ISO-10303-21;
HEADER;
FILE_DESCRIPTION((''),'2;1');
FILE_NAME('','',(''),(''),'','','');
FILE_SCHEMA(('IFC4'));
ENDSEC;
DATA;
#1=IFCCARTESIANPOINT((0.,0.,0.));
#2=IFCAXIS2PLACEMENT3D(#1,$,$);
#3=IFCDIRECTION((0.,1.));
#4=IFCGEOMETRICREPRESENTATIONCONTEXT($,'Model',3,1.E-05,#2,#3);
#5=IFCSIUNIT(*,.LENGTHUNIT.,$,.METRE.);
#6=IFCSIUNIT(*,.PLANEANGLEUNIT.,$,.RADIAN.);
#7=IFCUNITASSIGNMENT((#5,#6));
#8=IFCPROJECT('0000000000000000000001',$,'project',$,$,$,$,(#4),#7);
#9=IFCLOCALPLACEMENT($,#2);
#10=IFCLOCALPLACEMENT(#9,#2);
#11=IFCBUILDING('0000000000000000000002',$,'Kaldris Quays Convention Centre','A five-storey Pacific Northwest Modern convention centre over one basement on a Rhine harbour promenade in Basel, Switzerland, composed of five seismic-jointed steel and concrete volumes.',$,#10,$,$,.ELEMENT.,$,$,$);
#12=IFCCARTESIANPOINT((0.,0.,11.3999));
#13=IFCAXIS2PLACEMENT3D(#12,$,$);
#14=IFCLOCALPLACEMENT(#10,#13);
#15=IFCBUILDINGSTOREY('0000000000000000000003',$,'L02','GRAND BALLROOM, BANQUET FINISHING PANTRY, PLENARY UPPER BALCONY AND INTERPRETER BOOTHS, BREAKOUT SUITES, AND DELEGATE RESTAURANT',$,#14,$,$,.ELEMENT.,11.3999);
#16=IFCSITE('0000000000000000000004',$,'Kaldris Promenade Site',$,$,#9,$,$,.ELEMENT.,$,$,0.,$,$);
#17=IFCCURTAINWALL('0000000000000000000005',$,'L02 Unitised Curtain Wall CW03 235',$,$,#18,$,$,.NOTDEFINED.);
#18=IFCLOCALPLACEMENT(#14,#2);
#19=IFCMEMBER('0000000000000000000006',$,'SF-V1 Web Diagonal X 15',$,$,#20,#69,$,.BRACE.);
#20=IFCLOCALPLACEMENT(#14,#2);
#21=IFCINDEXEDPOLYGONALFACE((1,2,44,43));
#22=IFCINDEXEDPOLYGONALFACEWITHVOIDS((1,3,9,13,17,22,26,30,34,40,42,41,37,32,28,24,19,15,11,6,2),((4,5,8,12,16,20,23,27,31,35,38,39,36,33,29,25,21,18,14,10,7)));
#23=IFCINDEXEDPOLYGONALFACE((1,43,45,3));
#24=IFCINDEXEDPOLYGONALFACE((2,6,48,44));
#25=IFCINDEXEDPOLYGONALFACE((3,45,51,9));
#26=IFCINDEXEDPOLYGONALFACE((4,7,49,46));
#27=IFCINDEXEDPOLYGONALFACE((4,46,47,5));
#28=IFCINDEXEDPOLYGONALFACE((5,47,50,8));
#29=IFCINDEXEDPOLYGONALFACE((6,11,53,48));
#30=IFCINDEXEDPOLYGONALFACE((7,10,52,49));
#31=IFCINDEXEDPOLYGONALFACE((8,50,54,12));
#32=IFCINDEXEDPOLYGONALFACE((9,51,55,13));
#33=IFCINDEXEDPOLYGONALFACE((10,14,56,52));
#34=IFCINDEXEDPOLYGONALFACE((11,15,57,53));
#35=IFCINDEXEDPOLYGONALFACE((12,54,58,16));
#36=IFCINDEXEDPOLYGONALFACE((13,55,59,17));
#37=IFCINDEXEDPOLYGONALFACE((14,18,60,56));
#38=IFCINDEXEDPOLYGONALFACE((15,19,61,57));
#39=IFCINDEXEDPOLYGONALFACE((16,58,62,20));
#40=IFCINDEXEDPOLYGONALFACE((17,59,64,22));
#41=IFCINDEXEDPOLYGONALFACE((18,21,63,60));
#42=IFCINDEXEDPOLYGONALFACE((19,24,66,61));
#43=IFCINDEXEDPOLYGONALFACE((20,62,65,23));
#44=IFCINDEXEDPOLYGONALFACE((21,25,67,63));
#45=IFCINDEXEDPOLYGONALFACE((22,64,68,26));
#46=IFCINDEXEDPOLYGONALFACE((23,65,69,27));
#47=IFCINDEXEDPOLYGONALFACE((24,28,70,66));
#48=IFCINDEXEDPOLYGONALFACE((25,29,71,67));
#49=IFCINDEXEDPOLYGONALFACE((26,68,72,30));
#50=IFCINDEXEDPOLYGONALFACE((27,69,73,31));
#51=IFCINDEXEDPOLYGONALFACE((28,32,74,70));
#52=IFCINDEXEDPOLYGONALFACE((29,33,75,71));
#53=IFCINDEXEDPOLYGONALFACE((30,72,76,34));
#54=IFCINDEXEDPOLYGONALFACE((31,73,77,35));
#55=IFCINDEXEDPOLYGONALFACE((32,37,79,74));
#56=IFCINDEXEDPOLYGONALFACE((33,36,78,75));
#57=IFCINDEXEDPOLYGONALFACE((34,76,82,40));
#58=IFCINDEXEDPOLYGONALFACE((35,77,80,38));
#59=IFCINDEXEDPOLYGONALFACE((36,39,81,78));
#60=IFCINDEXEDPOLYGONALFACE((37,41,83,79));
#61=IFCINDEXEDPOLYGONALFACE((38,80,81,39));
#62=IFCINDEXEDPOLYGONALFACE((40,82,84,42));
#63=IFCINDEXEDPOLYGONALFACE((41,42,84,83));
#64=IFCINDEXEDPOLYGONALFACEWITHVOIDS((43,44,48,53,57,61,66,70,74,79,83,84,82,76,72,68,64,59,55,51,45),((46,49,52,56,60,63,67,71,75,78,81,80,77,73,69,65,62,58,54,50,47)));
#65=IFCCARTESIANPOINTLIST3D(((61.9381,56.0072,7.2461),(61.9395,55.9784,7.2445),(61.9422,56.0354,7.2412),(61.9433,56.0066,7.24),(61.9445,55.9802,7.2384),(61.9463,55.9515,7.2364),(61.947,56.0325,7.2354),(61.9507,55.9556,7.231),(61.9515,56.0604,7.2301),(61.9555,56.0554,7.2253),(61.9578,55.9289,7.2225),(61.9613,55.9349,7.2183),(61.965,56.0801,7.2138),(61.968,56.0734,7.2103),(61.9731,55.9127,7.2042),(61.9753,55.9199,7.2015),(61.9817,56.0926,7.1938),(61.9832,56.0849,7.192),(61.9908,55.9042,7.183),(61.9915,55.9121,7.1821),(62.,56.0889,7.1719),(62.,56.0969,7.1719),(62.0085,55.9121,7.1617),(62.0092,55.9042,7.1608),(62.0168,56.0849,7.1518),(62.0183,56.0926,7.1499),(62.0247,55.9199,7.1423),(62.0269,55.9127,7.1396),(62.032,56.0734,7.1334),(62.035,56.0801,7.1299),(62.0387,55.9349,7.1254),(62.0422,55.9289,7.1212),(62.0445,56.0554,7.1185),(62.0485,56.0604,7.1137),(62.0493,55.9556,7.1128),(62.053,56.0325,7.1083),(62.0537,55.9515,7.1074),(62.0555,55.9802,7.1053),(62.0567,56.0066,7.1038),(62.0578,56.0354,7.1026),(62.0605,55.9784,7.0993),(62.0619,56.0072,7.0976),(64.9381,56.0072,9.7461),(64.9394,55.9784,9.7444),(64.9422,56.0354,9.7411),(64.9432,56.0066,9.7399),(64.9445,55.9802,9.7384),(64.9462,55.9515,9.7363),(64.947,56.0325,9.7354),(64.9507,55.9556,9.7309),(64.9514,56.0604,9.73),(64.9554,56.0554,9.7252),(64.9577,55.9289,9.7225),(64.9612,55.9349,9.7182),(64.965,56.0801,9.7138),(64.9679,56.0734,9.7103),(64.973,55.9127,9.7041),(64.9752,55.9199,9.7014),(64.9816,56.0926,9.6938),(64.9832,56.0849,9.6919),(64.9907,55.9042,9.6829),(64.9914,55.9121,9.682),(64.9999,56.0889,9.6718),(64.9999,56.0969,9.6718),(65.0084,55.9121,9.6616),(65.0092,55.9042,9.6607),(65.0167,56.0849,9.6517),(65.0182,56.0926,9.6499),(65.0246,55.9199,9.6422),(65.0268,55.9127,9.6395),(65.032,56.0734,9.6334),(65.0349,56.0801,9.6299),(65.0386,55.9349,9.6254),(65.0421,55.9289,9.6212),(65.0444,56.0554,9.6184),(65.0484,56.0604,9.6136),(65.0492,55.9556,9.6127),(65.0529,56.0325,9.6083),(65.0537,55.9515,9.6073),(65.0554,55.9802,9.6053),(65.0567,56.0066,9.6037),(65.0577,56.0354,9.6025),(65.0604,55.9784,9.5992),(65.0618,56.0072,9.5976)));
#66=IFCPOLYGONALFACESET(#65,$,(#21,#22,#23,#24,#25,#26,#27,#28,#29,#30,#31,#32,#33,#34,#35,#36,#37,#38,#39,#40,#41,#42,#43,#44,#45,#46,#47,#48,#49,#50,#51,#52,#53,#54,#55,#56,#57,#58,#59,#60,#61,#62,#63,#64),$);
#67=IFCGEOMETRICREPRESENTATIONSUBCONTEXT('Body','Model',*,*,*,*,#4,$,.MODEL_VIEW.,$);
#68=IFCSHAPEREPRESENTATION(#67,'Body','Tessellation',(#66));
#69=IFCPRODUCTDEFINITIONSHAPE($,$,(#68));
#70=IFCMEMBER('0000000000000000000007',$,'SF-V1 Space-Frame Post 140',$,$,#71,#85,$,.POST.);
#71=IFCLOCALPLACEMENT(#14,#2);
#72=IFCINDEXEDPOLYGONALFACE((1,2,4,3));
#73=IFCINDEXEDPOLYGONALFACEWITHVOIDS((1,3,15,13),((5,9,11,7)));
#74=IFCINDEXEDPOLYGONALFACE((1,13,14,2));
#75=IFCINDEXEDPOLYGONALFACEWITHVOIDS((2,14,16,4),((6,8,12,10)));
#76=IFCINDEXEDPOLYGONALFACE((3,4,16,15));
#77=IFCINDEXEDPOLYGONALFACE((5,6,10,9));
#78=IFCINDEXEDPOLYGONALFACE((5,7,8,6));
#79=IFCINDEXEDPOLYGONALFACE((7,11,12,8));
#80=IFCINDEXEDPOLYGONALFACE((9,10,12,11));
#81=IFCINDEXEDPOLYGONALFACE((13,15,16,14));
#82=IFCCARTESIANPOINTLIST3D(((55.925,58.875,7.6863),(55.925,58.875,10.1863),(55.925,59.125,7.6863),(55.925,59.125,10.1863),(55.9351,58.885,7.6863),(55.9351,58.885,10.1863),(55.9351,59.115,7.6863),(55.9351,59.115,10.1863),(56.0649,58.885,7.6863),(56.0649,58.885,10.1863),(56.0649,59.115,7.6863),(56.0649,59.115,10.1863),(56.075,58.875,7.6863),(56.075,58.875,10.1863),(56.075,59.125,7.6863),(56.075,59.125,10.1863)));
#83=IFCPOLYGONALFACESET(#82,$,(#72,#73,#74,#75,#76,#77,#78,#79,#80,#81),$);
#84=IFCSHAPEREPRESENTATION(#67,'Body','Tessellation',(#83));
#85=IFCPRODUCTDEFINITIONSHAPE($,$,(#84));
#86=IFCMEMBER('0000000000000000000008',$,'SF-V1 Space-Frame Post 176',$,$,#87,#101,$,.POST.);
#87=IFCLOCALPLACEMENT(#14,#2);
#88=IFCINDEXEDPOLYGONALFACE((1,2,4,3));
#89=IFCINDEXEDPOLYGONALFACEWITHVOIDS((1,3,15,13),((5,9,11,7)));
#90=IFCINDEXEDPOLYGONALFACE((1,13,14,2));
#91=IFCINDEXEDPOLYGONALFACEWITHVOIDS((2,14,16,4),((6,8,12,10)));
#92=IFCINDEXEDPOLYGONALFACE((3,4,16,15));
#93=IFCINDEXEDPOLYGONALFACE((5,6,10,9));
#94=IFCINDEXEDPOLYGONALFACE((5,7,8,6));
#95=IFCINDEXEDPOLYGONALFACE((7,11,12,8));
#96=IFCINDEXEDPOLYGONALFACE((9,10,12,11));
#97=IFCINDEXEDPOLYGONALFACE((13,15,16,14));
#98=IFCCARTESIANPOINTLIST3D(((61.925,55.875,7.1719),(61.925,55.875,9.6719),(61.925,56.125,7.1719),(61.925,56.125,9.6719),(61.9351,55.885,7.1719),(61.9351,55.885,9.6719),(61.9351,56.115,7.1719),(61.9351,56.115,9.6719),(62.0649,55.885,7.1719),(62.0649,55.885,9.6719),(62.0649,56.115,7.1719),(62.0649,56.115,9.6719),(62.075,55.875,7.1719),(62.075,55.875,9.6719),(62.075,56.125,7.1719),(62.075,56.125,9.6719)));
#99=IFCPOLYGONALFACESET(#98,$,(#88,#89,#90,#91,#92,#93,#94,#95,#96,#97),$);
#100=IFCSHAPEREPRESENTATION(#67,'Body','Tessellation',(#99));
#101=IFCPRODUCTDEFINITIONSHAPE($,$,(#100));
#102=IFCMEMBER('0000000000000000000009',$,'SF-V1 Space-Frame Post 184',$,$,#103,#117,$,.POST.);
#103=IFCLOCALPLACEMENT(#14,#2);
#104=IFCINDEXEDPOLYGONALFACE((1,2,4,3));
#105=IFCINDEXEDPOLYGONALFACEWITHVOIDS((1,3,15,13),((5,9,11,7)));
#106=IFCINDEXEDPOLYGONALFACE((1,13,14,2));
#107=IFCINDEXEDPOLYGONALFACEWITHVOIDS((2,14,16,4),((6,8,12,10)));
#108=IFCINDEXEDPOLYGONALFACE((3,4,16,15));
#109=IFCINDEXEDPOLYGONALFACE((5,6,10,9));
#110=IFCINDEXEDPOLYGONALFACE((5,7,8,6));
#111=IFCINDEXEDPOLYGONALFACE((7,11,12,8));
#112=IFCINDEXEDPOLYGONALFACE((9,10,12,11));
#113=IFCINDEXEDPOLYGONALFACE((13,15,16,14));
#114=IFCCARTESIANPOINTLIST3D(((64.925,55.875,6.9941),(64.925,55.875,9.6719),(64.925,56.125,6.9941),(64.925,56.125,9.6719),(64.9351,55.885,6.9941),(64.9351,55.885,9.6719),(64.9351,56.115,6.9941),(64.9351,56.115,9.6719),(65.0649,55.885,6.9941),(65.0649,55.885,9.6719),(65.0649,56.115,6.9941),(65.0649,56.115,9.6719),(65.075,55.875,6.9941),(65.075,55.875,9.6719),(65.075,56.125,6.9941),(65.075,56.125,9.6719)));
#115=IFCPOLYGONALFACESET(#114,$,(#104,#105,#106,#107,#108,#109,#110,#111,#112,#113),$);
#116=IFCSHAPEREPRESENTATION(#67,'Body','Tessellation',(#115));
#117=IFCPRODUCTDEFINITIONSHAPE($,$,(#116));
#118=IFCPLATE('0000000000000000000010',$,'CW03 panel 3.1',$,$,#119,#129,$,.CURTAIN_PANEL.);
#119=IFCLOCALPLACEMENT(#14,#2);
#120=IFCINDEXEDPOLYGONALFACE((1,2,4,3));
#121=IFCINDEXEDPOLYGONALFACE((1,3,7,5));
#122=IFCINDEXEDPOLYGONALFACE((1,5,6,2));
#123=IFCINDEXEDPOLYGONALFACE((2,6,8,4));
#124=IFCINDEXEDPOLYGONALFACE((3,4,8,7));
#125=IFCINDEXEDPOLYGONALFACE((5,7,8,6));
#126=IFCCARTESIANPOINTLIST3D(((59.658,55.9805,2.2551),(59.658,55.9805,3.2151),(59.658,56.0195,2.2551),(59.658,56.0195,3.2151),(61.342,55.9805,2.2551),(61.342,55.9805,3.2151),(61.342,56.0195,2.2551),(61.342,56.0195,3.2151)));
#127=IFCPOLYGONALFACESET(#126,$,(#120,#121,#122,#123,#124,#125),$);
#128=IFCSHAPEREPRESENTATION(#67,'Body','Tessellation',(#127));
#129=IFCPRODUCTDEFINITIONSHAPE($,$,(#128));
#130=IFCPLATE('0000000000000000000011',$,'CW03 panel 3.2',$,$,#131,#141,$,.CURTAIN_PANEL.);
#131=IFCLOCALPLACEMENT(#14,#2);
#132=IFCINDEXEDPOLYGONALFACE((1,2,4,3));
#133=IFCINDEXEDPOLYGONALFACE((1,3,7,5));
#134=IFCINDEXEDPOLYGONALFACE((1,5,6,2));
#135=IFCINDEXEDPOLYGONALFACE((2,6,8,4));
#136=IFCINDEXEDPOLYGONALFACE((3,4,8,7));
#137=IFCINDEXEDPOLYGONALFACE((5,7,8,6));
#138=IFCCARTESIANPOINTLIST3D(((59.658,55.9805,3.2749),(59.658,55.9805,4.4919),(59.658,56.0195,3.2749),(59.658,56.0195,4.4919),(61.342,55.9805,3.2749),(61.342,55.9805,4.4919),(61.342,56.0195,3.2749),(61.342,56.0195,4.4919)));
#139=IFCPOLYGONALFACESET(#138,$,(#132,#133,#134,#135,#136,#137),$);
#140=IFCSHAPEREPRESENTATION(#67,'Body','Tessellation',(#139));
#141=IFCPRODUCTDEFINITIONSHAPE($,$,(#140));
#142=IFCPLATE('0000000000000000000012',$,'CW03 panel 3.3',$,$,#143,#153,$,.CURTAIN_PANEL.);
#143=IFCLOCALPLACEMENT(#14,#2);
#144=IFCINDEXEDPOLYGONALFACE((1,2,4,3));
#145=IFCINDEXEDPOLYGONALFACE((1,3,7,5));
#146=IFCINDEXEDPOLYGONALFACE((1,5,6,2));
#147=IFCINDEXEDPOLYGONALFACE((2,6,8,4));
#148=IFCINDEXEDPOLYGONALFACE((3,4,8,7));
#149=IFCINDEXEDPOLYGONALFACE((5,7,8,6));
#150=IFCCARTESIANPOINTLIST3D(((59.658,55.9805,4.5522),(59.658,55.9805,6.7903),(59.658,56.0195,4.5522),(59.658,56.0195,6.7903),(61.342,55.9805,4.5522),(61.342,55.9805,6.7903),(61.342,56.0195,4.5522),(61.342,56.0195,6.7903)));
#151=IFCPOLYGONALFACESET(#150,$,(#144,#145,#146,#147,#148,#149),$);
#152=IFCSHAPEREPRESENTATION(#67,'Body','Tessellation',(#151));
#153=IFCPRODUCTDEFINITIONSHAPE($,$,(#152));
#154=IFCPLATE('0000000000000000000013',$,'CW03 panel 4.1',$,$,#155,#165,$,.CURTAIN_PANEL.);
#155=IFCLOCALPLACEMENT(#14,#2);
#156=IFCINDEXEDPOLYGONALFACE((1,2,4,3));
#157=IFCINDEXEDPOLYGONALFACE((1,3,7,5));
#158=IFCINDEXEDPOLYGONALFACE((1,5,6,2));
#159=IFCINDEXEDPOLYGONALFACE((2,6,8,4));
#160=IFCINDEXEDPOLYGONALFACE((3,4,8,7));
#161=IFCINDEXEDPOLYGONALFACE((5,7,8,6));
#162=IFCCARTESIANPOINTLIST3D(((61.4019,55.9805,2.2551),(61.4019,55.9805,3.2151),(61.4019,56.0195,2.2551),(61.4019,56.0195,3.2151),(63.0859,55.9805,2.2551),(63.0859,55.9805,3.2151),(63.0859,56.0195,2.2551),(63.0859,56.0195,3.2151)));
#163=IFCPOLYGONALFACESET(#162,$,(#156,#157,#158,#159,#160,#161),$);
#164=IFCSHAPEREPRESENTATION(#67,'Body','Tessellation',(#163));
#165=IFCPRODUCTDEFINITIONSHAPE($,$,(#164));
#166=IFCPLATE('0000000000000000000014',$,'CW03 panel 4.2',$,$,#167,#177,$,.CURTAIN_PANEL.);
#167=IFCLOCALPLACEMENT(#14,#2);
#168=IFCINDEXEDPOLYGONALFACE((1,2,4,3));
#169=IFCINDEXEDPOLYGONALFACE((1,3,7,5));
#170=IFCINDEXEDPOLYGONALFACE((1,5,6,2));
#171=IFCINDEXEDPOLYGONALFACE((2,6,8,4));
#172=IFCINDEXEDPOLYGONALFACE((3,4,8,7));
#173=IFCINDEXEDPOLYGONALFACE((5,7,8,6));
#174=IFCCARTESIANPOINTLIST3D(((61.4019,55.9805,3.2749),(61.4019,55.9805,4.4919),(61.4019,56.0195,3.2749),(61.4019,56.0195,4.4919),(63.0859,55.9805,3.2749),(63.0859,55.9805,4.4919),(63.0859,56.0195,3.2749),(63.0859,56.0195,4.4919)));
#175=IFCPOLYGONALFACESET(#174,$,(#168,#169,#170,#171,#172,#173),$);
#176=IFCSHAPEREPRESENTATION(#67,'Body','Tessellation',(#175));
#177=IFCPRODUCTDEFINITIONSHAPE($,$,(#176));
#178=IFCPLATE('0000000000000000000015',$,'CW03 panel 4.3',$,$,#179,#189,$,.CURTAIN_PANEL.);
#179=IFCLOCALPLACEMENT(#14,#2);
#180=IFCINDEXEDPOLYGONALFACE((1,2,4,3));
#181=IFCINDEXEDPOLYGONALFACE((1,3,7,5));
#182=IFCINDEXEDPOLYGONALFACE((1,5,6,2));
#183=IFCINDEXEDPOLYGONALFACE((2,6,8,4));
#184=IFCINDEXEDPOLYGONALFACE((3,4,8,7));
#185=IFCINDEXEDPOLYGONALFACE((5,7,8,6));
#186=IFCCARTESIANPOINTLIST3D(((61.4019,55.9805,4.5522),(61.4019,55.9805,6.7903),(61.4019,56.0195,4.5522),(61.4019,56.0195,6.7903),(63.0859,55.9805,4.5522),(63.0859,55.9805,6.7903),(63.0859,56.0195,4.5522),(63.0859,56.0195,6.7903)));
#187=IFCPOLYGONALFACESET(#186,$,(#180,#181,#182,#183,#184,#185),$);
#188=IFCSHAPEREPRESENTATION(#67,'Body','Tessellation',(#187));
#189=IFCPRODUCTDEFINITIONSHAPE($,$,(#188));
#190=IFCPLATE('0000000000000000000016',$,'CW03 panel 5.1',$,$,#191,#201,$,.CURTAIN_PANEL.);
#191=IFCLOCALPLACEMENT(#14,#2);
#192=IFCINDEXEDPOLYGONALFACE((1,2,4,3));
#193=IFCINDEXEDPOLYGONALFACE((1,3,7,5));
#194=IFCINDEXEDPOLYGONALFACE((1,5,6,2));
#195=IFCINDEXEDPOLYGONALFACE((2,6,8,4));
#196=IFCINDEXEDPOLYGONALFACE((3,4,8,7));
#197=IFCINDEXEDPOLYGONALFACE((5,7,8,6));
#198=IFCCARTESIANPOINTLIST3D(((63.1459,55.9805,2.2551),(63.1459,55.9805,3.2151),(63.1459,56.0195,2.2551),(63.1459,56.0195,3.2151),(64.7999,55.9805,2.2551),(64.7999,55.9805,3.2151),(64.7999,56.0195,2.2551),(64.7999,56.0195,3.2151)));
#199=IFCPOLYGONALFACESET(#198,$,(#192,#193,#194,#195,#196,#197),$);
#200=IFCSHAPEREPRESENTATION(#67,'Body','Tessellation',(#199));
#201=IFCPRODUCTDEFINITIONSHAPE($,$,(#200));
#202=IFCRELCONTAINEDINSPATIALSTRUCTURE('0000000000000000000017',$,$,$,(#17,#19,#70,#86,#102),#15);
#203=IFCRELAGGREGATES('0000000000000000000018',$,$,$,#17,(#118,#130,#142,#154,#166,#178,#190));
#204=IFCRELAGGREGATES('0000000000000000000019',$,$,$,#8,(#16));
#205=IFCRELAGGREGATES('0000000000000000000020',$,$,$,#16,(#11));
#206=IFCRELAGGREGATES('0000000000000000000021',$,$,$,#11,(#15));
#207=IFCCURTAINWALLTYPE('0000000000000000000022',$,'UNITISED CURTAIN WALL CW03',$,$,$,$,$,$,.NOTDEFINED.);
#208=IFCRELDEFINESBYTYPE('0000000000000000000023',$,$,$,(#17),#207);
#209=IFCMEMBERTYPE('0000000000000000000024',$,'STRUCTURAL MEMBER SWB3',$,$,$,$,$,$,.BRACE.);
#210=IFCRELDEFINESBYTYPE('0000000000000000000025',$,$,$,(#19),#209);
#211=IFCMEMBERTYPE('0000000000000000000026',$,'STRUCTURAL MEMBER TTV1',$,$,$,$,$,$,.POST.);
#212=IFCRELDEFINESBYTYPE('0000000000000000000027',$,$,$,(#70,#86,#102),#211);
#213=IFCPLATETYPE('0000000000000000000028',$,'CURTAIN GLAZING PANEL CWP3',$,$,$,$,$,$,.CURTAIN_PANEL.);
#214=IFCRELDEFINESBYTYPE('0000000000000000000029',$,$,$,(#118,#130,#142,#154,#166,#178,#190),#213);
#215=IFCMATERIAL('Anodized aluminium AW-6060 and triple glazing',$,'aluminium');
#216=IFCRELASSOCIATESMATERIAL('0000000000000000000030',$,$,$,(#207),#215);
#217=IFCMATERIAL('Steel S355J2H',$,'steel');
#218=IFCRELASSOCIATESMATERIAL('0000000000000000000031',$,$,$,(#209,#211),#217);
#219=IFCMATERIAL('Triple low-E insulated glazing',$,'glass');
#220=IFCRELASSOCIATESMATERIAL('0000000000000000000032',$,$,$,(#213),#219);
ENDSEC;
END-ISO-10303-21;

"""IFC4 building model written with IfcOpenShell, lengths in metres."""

from ifc_helpers import new_model, si_unit, direction, frame, origin, origin_2d, place, context, subcontext, project, spatial, rectangle, hollow_rectangle, hollow_circle, extrude, material, material_profile, profile_set, type_object, element, aggregate, save


model = new_model("IFC4")

# Units and contexts
model_context = context("Model", 3, precision=1e-05, world=origin(), true_north=direction((0.0, 1.0)))
body_context = subcontext(model_context, "Body", "Model", "MODEL_VIEW")
ifc_project = project(units=[si_unit("LENGTHUNIT", "METRE"), si_unit("PLANEANGLEUNIT", "RADIAN")], contexts=[model_context])

# Site, building, storey
site_placement = place(None, origin())
site = spatial("IfcSite", under=ifc_project, at=site_placement, Name="Kaldris Promenade Site", CompositionType="ELEMENT", RefElevation=0.0)
building_placement = place(site_placement, origin())
building = spatial("IfcBuilding", under=site, at=building_placement, Name="Kaldris Quays Convention Centre", Description="A five-storey Pacific Northwest Modern convention centre over one basement on a Rhine harbour promenade in Basel, Switzerland, composed of five seismic-jointed steel and concrete volumes.", CompositionType="ELEMENT")
storey_placement = place(building_placement, frame((0.0, 0.0, 11.3999)))
storey = spatial("IfcBuildingStorey", under=building, at=storey_placement, Name="L02", Description="GRAND BALLROOM, BANQUET FINISHING PANTRY, PLENARY UPPER BALCONY AND INTERPRETER BOOTHS, BREAKOUT SUITES, AND DELEGATE RESTAURANT", CompositionType="ELEMENT", Elevation=11.3999)

# Curtain wall
ifc_material_1 = material(Name="Anodized aluminium AW-6060 and triple glazing", Category="aluminium")
curtain_wall_type = type_object("IfcCurtainWallType", Name="UNITISED CURTAIN WALL CW03", PredefinedType="NOTDEFINED", material=ifc_material_1)
curtain_wall_1_placement = place(storey_placement, origin())
curtain_wall_1 = element("IfcCurtainWall", 1, at=curtain_wall_1_placement, inside=storey, type_object=curtain_wall_type, Name="L02 Unitised Curtain Wall CW03 235", PredefinedType="NOTDEFINED")

# Members
ifc_material_2 = material(Name="Steel S355J2H", Category="steel")
ifc_material_profile_1 = material_profile(ifc_material_2, hollow_circle(Radius=0.0969, WallThickness=0.0081, at=origin_2d()), Name="CHS 193.7x8")
ifc_profile_set_1 = profile_set([ifc_material_profile_1], Name="Steel S355J2H")
member_type_1 = type_object("IfcMemberType", Name="STRUCTURAL MEMBER SWB3", PredefinedType="BRACE", material=ifc_profile_set_1)
member_1_placement = place(storey_placement, frame((62.0, 56.0, 7.1719), z_axis=(0.768221, 0.0, 0.640184), x_axis=(0.0, 1.0, 0.0)))
element("IfcMember", 2, at=member_1_placement, inside=storey, type_object=member_type_1, Name="SF-V1 Web Diagonal X 15", PredefinedType="BRACE", context=body_context, shape_type="SweptSolid", body=[
    extrude(hollow_circle(Radius=0.0969, WallThickness=0.0081, at=origin_2d()), origin(), (0.0, 0.0, 1.0), 3.905),
])
ifc_material_profile_2 = material_profile(ifc_material_2, hollow_rectangle(XDim=0.1499, YDim=0.25, WallThickness=0.01, at=origin_2d()), Name="RHS 250x150x10")
ifc_profile_set_2 = profile_set([ifc_material_profile_2], Name="Steel S355J2H")
member_type_2 = type_object("IfcMemberType", Name="STRUCTURAL MEMBER TTV1", PredefinedType="POST", material=ifc_profile_set_2)
for number, where, z_axis, x_axis, name in (
    (3, (56.0, 59.0, 7.6863), (0.0, 0.0, 1.0), (1.0, 0.0, 0.0), "SF-V1 Space-Frame Post 140"),
    (4, (62.0, 56.0, 7.1719), (0.0, 0.0, 1.0), (1.0, 0.0, 0.0), "SF-V1 Space-Frame Post 176"),
):
    element("IfcMember", number, at=place(storey_placement, frame(where, z_axis=z_axis, x_axis=x_axis)), inside=storey, type_object=member_type_2, Name=name, PredefinedType="POST", context=body_context, shape_type="SweptSolid", body=[
        extrude(hollow_rectangle(XDim=0.1499, YDim=0.25, WallThickness=0.01, at=origin_2d()), origin(), (0.0, 0.0, 1.0), 2.5),
    ])
member_2_placement = place(storey_placement, frame((65.0, 56.0, 6.9941), z_axis=(0.0, 0.0, 1.0), x_axis=(1.0, 0.0, 0.0)))
element("IfcMember", 5, at=member_2_placement, inside=storey, type_object=member_type_2, Name="SF-V1 Space-Frame Post 184", PredefinedType="POST", context=body_context, shape_type="SweptSolid", body=[
    extrude(hollow_rectangle(XDim=0.1499, YDim=0.25, WallThickness=0.01, at=origin_2d()), origin(), (0.0, 0.0, 1.0), 2.6777),
])

# Plates
ifc_material_3 = material(Name="Triple low-E insulated glazing", Category="glass")
plate_type = type_object("IfcPlateType", Name="CURTAIN GLAZING PANEL CWP3", PredefinedType="CURTAIN_PANEL", material=ifc_material_3)
plate_1_placement = place(storey_placement, frame((60.5, 56.0, 2.2551), z_axis=(0.0, 0.0, 1.0), x_axis=(1.0, 0.0, 0.0)))
plate_1 = element("IfcPlate", 6, at=plate_1_placement, type_object=plate_type, Name="CW03 panel 3.1", PredefinedType="CURTAIN_PANEL", context=body_context, shape_type="SweptSolid", body=[
    extrude(rectangle(XDim=1.6841, YDim=0.0391, at=origin_2d()), origin(), (0.0, 0.0, 1.0), 0.96),
])
plate_2_placement = place(storey_placement, frame((60.5, 56.0, 3.2749), z_axis=(0.0, 0.0, 1.0), x_axis=(1.0, 0.0, 0.0)))
plate_2 = element("IfcPlate", 7, at=plate_2_placement, type_object=plate_type, Name="CW03 panel 3.2", PredefinedType="CURTAIN_PANEL", context=body_context, shape_type="SweptSolid", body=[
    extrude(rectangle(XDim=1.6841, YDim=0.0391, at=origin_2d()), origin(), (0.0, 0.0, 1.0), 1.217),
])
plate_3_placement = place(storey_placement, frame((60.5, 56.0, 4.5522), z_axis=(0.0, 0.0, 1.0), x_axis=(1.0, 0.0, 0.0)))
plate_3 = element("IfcPlate", 8, at=plate_3_placement, type_object=plate_type, Name="CW03 panel 3.3", PredefinedType="CURTAIN_PANEL", context=body_context, shape_type="SweptSolid", body=[
    extrude(rectangle(XDim=1.6841, YDim=0.0391, at=origin_2d()), origin(), (0.0, 0.0, 1.0), 2.238),
])
plate_4_placement = place(storey_placement, frame((62.2439, 56.0, 2.2551), z_axis=(0.0, 0.0, 1.0), x_axis=(1.0, 0.0, 0.0)))
plate_4 = element("IfcPlate", 9, at=plate_4_placement, type_object=plate_type, Name="CW03 panel 4.1", PredefinedType="CURTAIN_PANEL", context=body_context, shape_type="SweptSolid", body=[
    extrude(rectangle(XDim=1.6841, YDim=0.0391, at=origin_2d()), origin(), (0.0, 0.0, 1.0), 0.96),
])
plate_5_placement = place(storey_placement, frame((62.2439, 56.0, 3.2749), z_axis=(0.0, 0.0, 1.0), x_axis=(1.0, 0.0, 0.0)))
plate_5 = element("IfcPlate", 10, at=plate_5_placement, type_object=plate_type, Name="CW03 panel 4.2", PredefinedType="CURTAIN_PANEL", context=body_context, shape_type="SweptSolid", body=[
    extrude(rectangle(XDim=1.6841, YDim=0.0391, at=origin_2d()), origin(), (0.0, 0.0, 1.0), 1.217),
])
plate_6_placement = place(storey_placement, frame((62.2439, 56.0, 4.5522), z_axis=(0.0, 0.0, 1.0), x_axis=(1.0, 0.0, 0.0)))
plate_6 = element("IfcPlate", 11, at=plate_6_placement, type_object=plate_type, Name="CW03 panel 4.3", PredefinedType="CURTAIN_PANEL", context=body_context, shape_type="SweptSolid", body=[
    extrude(rectangle(XDim=1.6841, YDim=0.0391, at=origin_2d()), origin(), (0.0, 0.0, 1.0), 2.238),
])
plate_7_placement = place(storey_placement, frame((63.9729, 56.0, 2.2551), z_axis=(0.0, 0.0, 1.0), x_axis=(1.0, 0.0, 0.0)))
plate_7 = element("IfcPlate", 12, at=plate_7_placement, type_object=plate_type, Name="CW03 panel 5.1", PredefinedType="CURTAIN_PANEL", context=body_context, shape_type="SweptSolid", body=[
    extrude(rectangle(XDim=1.6541, YDim=0.0391, at=origin_2d()), origin(), (0.0, 0.0, 1.0), 0.96),
])
aggregate(curtain_wall_1, [plate_1, plate_2, plate_3, plate_4, plate_5, plate_6, plate_7])

save(model, "model.ifc")
